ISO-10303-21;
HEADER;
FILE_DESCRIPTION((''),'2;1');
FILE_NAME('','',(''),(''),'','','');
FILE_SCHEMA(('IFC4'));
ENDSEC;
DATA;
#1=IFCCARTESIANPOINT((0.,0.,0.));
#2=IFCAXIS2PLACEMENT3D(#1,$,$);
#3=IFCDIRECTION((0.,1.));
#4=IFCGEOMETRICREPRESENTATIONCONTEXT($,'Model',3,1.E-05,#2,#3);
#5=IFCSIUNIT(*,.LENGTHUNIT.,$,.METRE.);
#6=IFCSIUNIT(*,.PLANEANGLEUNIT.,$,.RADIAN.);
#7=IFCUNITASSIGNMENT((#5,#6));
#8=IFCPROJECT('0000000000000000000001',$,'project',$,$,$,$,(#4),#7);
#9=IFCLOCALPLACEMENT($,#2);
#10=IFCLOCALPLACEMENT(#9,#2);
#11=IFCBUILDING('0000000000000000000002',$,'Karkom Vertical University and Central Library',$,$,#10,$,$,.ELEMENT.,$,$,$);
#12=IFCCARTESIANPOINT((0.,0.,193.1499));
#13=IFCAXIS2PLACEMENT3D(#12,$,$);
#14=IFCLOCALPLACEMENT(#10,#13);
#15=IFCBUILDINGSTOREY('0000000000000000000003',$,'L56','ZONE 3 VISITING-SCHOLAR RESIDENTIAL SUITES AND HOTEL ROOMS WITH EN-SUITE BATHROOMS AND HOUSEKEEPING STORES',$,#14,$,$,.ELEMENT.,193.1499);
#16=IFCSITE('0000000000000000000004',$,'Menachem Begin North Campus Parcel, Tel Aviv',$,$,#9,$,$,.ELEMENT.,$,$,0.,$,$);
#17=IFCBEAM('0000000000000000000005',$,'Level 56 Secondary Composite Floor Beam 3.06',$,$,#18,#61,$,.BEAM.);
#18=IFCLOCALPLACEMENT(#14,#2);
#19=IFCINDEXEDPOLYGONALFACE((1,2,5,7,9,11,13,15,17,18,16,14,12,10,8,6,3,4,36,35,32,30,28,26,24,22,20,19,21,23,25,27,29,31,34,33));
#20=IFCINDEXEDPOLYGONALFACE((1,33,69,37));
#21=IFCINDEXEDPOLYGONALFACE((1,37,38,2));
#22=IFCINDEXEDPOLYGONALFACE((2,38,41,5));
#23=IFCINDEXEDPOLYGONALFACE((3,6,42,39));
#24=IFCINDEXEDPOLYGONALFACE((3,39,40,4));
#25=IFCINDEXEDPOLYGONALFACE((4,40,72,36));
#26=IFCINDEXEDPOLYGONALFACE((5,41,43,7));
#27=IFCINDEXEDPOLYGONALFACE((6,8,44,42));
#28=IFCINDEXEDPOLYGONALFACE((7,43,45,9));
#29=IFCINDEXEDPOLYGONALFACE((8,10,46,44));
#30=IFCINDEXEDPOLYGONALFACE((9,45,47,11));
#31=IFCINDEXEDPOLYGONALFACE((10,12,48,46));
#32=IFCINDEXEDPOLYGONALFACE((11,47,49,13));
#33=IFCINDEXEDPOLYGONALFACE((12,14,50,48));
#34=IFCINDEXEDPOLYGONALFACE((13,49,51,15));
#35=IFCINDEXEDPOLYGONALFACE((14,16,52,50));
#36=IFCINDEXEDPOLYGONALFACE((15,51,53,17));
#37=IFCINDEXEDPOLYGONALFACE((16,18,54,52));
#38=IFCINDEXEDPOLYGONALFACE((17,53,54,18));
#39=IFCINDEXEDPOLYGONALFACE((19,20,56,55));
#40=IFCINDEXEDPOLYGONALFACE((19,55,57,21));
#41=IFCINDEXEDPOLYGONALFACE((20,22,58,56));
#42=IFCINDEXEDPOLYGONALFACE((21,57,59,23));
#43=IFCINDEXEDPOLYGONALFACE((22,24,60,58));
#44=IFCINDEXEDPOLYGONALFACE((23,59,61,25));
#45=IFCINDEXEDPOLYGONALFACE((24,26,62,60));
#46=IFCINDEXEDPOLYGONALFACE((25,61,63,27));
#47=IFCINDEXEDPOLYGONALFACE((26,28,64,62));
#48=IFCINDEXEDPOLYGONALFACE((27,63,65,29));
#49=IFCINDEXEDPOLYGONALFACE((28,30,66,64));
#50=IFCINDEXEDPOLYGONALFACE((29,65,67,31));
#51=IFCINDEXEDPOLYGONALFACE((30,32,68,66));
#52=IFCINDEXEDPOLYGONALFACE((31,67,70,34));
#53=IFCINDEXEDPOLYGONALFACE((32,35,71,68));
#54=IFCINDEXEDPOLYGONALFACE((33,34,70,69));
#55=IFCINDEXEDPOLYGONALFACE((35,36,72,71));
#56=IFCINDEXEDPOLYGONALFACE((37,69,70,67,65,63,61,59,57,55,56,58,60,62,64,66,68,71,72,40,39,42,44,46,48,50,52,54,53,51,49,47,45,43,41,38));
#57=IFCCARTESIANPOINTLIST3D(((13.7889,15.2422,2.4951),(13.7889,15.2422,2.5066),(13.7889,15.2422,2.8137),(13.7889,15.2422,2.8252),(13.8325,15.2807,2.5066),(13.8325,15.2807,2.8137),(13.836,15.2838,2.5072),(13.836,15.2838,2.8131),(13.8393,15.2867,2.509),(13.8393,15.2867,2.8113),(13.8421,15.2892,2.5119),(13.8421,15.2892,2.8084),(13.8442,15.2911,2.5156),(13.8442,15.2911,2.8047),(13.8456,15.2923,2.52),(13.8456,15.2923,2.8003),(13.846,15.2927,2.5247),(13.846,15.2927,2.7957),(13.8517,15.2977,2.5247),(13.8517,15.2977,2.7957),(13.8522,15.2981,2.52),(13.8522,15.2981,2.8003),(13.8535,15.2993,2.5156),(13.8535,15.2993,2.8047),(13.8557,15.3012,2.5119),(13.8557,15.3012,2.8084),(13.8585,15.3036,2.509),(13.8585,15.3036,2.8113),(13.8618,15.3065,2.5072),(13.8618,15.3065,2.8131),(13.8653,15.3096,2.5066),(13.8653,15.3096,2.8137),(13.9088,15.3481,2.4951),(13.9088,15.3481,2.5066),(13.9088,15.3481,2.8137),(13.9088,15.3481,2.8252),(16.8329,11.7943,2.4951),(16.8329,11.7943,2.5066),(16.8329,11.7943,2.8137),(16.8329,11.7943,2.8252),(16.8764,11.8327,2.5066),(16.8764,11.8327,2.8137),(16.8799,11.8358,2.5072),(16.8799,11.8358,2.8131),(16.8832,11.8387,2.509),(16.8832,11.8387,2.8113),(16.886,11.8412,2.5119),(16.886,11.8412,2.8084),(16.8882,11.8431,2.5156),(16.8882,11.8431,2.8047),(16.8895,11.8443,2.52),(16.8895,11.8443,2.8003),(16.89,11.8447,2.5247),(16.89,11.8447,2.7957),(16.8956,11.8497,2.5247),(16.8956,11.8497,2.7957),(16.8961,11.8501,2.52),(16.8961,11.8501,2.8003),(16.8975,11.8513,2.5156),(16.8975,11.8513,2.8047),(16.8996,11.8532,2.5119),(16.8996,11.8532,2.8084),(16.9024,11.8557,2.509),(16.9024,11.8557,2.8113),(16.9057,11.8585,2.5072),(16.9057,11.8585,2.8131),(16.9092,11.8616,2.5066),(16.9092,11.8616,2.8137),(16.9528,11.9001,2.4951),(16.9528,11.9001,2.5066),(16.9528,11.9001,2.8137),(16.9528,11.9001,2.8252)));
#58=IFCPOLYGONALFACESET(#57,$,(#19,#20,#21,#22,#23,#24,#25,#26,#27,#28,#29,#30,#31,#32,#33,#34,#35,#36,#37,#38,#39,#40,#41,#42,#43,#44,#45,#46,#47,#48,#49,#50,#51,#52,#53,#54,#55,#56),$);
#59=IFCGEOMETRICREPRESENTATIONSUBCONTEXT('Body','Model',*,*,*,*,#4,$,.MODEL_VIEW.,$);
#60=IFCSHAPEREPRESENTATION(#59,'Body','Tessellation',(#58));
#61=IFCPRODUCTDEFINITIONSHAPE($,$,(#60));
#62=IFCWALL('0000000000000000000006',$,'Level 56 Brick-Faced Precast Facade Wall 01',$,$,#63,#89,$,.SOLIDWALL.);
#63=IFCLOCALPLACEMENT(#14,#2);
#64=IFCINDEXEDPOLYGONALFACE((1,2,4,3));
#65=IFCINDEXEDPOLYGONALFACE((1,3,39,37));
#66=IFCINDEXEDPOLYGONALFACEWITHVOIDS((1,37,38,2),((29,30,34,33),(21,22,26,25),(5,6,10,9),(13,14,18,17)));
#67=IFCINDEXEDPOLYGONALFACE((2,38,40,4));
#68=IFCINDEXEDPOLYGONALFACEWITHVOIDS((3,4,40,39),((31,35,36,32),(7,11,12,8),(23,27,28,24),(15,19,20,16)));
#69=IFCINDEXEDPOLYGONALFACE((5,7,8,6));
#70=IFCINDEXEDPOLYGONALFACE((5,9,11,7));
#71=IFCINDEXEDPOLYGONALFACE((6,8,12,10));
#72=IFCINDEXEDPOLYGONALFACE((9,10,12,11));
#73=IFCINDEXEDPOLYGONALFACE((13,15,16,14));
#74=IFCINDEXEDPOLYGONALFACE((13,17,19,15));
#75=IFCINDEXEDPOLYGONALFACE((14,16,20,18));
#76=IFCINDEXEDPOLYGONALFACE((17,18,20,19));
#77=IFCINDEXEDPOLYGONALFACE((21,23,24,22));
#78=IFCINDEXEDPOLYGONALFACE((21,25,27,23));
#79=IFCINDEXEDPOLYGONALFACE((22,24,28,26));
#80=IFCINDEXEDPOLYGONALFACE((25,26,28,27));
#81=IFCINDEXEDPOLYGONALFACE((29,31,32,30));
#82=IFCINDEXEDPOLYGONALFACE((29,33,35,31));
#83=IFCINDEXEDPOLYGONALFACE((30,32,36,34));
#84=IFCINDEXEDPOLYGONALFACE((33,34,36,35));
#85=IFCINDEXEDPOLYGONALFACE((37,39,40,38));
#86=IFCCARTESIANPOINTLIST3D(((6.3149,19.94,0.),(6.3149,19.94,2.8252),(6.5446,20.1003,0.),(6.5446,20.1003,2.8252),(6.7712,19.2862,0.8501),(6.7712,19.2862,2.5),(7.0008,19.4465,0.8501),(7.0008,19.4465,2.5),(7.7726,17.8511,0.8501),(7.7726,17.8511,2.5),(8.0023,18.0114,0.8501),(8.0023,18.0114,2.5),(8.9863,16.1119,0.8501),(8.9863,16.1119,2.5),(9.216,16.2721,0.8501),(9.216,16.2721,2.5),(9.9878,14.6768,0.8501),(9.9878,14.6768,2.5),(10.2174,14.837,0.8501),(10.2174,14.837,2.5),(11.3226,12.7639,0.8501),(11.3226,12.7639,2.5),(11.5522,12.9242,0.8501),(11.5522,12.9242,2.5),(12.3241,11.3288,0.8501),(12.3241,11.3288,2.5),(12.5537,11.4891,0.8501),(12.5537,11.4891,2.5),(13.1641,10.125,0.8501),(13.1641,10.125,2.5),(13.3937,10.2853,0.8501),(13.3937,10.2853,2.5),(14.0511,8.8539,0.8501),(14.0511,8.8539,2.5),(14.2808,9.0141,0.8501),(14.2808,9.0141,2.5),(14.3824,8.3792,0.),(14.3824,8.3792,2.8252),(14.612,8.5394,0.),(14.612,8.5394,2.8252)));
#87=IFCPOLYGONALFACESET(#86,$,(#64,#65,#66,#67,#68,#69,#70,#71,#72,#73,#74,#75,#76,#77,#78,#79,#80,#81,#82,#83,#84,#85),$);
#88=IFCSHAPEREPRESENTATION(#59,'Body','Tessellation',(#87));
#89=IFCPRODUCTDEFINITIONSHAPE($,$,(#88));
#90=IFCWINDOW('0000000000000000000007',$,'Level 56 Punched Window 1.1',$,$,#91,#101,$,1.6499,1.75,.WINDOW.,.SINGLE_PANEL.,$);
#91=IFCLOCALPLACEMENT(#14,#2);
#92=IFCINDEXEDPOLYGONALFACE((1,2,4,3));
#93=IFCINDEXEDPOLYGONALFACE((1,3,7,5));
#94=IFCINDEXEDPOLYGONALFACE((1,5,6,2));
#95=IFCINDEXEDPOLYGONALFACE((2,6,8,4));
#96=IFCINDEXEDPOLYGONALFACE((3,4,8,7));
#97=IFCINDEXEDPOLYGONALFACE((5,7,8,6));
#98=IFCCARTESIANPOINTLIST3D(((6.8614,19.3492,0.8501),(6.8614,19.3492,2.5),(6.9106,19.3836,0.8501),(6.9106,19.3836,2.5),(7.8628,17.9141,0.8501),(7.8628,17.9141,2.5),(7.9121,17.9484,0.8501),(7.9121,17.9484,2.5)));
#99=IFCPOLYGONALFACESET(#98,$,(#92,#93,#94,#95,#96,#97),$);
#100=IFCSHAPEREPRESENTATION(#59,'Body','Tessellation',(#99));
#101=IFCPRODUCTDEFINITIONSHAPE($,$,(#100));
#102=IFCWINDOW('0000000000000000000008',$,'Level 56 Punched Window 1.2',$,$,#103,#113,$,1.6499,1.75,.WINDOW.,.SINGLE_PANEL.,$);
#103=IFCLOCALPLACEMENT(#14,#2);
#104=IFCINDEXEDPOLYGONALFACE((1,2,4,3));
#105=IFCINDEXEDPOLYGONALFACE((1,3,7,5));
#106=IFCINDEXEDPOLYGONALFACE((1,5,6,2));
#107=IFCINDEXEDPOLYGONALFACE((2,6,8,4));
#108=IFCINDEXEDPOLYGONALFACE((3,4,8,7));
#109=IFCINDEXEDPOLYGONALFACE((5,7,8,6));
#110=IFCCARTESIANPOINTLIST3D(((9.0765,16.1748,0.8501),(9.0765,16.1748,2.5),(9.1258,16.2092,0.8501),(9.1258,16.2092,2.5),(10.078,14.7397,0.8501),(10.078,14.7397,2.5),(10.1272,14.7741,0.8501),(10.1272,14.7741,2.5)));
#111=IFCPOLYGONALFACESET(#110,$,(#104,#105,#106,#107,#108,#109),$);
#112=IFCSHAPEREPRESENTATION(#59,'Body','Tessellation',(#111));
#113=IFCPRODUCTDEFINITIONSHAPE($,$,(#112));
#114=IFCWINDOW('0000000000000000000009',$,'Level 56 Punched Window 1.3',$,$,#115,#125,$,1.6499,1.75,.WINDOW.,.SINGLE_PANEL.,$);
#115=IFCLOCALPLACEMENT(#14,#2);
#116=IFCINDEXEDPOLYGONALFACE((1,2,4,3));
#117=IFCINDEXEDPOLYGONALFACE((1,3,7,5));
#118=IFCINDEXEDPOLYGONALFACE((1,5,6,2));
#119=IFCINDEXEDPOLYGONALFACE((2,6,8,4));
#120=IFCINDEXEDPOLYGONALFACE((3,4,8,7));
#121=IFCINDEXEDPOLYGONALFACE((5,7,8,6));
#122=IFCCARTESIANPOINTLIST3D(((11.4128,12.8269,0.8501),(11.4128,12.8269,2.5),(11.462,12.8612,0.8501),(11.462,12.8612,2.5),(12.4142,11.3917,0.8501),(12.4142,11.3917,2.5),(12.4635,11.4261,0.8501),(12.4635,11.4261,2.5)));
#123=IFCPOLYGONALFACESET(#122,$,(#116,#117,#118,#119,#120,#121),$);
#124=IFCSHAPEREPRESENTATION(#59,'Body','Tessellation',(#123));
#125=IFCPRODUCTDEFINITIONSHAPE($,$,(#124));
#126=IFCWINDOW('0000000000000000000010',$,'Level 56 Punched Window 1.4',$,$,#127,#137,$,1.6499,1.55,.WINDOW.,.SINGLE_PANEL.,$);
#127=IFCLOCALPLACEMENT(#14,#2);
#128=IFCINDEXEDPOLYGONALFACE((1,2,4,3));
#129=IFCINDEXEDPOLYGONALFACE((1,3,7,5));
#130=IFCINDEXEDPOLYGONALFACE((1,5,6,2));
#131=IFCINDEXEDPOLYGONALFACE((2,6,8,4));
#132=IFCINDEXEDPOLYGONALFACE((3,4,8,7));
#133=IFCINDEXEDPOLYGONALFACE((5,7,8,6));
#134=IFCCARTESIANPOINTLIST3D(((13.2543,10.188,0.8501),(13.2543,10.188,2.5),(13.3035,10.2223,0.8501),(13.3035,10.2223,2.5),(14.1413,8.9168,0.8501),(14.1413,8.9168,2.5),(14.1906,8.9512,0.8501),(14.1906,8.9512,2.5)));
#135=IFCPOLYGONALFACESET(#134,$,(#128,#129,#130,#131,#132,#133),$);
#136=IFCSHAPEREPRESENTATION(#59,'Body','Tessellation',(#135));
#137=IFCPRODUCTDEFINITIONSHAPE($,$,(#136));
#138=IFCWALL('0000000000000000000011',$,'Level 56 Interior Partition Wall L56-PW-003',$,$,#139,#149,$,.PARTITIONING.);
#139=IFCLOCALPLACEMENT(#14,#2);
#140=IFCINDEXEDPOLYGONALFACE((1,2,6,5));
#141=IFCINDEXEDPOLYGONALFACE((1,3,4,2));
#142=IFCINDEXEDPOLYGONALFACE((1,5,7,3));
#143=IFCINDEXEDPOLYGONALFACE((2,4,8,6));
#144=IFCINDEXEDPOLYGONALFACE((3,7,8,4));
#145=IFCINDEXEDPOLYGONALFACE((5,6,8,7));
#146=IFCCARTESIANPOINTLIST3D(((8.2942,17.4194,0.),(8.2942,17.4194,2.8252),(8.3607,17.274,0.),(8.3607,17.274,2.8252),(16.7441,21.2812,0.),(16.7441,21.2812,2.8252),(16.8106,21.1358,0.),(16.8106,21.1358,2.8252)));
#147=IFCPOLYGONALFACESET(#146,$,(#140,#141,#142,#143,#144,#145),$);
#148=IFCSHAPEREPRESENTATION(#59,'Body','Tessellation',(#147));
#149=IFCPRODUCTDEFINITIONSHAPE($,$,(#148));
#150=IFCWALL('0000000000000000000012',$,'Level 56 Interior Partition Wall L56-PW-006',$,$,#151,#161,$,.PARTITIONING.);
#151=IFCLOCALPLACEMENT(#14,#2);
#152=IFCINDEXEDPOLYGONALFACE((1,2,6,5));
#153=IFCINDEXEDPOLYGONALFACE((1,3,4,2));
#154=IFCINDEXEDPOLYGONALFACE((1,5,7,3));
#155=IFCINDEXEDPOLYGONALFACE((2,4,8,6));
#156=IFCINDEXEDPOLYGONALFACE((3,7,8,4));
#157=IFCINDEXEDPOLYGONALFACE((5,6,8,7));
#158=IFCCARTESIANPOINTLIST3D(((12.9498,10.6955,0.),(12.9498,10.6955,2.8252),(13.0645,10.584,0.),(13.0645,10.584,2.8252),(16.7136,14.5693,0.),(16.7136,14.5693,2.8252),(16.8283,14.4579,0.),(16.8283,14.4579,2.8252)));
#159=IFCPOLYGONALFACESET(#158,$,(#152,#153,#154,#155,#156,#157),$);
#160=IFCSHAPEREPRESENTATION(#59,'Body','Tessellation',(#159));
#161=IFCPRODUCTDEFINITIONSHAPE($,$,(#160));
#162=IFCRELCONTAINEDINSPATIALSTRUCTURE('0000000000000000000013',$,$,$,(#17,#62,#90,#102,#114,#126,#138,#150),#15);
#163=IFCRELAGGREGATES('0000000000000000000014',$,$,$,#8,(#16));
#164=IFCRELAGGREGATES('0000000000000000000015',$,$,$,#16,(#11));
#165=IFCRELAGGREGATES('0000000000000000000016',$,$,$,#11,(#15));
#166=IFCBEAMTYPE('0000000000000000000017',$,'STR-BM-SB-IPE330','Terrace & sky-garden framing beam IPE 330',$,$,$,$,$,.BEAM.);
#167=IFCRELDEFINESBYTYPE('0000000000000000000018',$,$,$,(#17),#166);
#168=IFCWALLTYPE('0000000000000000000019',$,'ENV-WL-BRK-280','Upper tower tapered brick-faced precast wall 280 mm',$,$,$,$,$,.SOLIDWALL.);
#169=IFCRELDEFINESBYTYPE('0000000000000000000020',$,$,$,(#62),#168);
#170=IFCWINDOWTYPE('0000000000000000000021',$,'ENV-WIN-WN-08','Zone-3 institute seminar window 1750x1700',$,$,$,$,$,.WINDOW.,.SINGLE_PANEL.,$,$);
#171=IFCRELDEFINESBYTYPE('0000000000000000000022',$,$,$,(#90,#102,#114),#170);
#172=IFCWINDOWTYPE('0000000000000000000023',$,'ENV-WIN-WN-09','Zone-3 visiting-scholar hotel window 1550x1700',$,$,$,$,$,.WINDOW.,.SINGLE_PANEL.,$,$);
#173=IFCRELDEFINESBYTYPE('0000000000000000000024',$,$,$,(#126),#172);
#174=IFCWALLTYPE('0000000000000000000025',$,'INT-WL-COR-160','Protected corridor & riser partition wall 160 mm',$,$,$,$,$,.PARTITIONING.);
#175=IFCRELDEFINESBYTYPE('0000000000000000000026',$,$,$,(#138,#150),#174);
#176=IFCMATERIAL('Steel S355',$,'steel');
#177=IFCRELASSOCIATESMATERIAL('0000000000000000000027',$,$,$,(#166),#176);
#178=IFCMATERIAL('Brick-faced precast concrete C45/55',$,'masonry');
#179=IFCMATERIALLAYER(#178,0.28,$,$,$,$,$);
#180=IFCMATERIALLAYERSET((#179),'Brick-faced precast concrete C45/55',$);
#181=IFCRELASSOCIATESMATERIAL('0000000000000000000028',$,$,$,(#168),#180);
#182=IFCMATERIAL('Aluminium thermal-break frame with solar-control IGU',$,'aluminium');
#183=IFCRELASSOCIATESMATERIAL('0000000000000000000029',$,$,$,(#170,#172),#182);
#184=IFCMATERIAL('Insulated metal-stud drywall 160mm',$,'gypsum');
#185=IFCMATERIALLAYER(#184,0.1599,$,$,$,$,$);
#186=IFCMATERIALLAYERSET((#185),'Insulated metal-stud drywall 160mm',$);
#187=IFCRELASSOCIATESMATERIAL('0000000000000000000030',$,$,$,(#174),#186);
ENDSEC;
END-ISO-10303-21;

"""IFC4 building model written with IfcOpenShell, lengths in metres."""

from ifc_helpers import new_model, si_unit, direction, frame, frame_2d, origin, origin_with_axes, origin_2d, place, context, subcontext, project, spatial, rectangle, i_section, extrude, source, transform, mapped, material, layer, layer_set, material_profile, profile_set, type_object, element, fill, save


model = new_model("IFC4")

# Units and contexts
model_context = context("Model", 3, precision=1e-05, world=origin(), true_north=direction((0.0, 1.0)))
body_context = subcontext(model_context, "Body", "Model", "MODEL_VIEW")
ifc_project = project(units=[si_unit("LENGTHUNIT", "METRE"), si_unit("PLANEANGLEUNIT", "RADIAN")], contexts=[model_context])

# Site, building, storey
site_placement = place(None, origin())
site = spatial("IfcSite", under=ifc_project, at=site_placement, Name="Menachem Begin North Campus Parcel, Tel Aviv", CompositionType="ELEMENT", RefElevation=0.0)
building_placement = place(site_placement, origin())
building = spatial("IfcBuilding", under=site, at=building_placement, Name="Karkom Vertical University and Central Library", CompositionType="ELEMENT")
storey_placement = place(building_placement, frame((0.0, 0.0, 193.1499)))
storey = spatial("IfcBuildingStorey", under=building, at=storey_placement, Name="L56", Description="ZONE 3 VISITING-SCHOLAR RESIDENTIAL SUITES AND HOTEL ROOMS WITH EN-SUITE BATHROOMS AND HOUSEKEEPING STORES", CompositionType="ELEMENT", Elevation=193.1499)

# Beam
ifc_material_1 = material(Name="Steel S355", Category="steel")
ifc_material_profile_1 = material_profile(ifc_material_1, i_section(OverallWidth=0.1599, OverallDepth=0.3301, WebThickness=0.0076, FlangeThickness=0.0115, FilletRadius=0.0181, at=origin_2d()), Name="IPE 330")
ifc_profile_set_1 = profile_set([ifc_material_profile_1], Name="Steel S355")
beam_type_1 = type_object("IfcBeamType", Name="STR-BM-SB-IPE330", Description="Terrace & sky-garden framing beam IPE 330", PredefinedType="BEAM", material=ifc_profile_set_1)
shared_shape_1 = source(origin_with_axes(), body_context, "Body", "SweptSolid", [
    extrude(i_section(OverallWidth=0.1599, OverallDepth=0.3301, WebThickness=0.0076, FlangeThickness=0.0115, FilletRadius=0.0181, at=origin_2d()), origin(), (0.0, 0.0, 1.0), 4.5994),
])
beam_1_placement = place(storey_placement, frame((13.8489, 15.2952, 2.6602), z_axis=(0.661816, -0.749666, 0.0), x_axis=(0.749666, 0.661816, 0.0)))
element("IfcBeam", 1, at=beam_1_placement, inside=storey, type_object=beam_type_1, Name="Level 56 Secondary Composite Floor Beam 3.06", PredefinedType="BEAM", context=body_context, shape_type="MappedRepresentation", body=[
    mapped(shared_shape_1, transform((0.0, 0.0, 0.0), scale=1.0)),
])

# Wall, openings, windows
ifc_material_2 = material(Name="Brick-faced precast concrete C45/55", Category="masonry")
ifc_layer_1 = layer(ifc_material_2, 0.28)
ifc_layer_set_1 = layer_set([ifc_layer_1], Name="Brick-faced precast concrete C45/55")
wall_type_1 = type_object("IfcWallType", Name="ENV-WL-BRK-280", Description="Upper tower tapered brick-faced precast wall 280 mm", PredefinedType="SOLIDWALL", material=ifc_layer_set_1)
wall_1_placement = place(storey_placement, frame((6.4297, 20.0203, 0.0), z_axis=(0.0, 0.0, 1.0), x_axis=(0.572263, -0.82007, 0.0)))
wall_1 = element("IfcWall", 2, at=wall_1_placement, inside=storey, type_object=wall_type_1, Name="Level 56 Brick-Faced Precast Facade Wall 01", PredefinedType="SOLIDWALL", context=body_context, shape_type="SweptSolid", body=[
    extrude(rectangle(XDim=14.0974, YDim=0.28, at=frame_2d((7.0488, 0.0))), origin(), (0.0, 0.0, 1.0), 2.8252),
])
opening_1_placement = place(wall_1_placement, frame((0.7974, 0.0, 0.8501)))
opening_1 = element("IfcOpeningElement", 3, at=opening_1_placement, cuts=wall_1, PredefinedType="OPENING", context=body_context, shape_type="SweptSolid", body=[
    extrude(rectangle(XDim=1.75, YDim=1.6499, at=frame_2d((0.875, 0.825))), frame((0.0, 0.1499, 0.0), z_axis=(0.0, -1.0, 0.0), x_axis=(1.0, 0.0, 0.0)), (0.0, 0.0, 1.0), 0.3),
])
opening_2_placement = place(wall_1_placement, frame((4.6682, 0.0, 0.8501)))
opening_2 = element("IfcOpeningElement", 4, at=opening_2_placement, cuts=wall_1, PredefinedType="OPENING", context=body_context, shape_type="SweptSolid", body=[
    extrude(rectangle(XDim=1.75, YDim=1.6499, at=frame_2d((0.875, 0.825))), frame((0.0, 0.1499, 0.0), z_axis=(0.0, -1.0, 0.0), x_axis=(1.0, 0.0, 0.0)), (0.0, 0.0, 1.0), 0.3),
])
opening_3_placement = place(wall_1_placement, frame((8.7507, 0.0, 0.8501)))
opening_3 = element("IfcOpeningElement", 5, at=opening_3_placement, cuts=wall_1, PredefinedType="OPENING", context=body_context, shape_type="SweptSolid", body=[
    extrude(rectangle(XDim=1.75, YDim=1.6499, at=frame_2d((0.875, 0.825))), frame((0.0, 0.1499, 0.0), z_axis=(0.0, -1.0, 0.0), x_axis=(1.0, 0.0, 0.0)), (0.0, 0.0, 1.0), 0.3),
])
opening_4_placement = place(wall_1_placement, frame((11.9688, 0.0, 0.8501)))
opening_4 = element("IfcOpeningElement", 6, at=opening_4_placement, cuts=wall_1, PredefinedType="OPENING", context=body_context, shape_type="SweptSolid", body=[
    extrude(rectangle(XDim=1.55, YDim=1.6499, at=frame_2d((0.7749, 0.825))), frame((0.0, 0.1499, 0.0), z_axis=(0.0, -1.0, 0.0), x_axis=(1.0, 0.0, 0.0)), (0.0, 0.0, 1.0), 0.3),
])
ifc_material_3 = material(Name="Aluminium thermal-break frame with solar-control IGU", Category="aluminium")
window_type_1 = type_object("IfcWindowType", Name="ENV-WIN-WN-08", Description="Zone-3 institute seminar window 1750x1700", PartitioningType="SINGLE_PANEL", PredefinedType="WINDOW", material=ifc_material_3)
shared_shape_2 = source(origin_with_axes(), body_context, "Body", "SweptSolid", [
    extrude(rectangle(XDim=1.75, YDim=1.6499, at=frame_2d((0.875, 0.825))), frame((0.0, 0.03, 0.0), z_axis=(0.0, -1.0, 0.0), x_axis=(1.0, 0.0, 0.0)), (0.0, 0.0, 1.0), 0.0601),
])
window_1_placement = place(opening_1_placement, origin())
window_1 = element("IfcWindow", 7, at=window_1_placement, inside=storey, type_object=window_type_1, Name="Level 56 Punched Window 1.1", OverallHeight=1.6499, OverallWidth=1.75, PartitioningType="SINGLE_PANEL", PredefinedType="WINDOW", context=body_context, shape_type="MappedRepresentation", body=[
    mapped(shared_shape_2, transform((0.0, 0.0, 0.0), scale=1.0)),
])
fill(opening_1, window_1)
window_2_placement = place(opening_2_placement, origin())
window_2 = element("IfcWindow", 8, at=window_2_placement, inside=storey, type_object=window_type_1, Name="Level 56 Punched Window 1.2", OverallHeight=1.6499, OverallWidth=1.75, PartitioningType="SINGLE_PANEL", PredefinedType="WINDOW", context=body_context, shape_type="MappedRepresentation", body=[
    mapped(shared_shape_2, transform((0.0, 0.0, 0.0), scale=1.0)),
])
fill(opening_2, window_2)
window_3_placement = place(opening_3_placement, origin())
window_3 = element("IfcWindow", 9, at=window_3_placement, inside=storey, type_object=window_type_1, Name="Level 56 Punched Window 1.3", OverallHeight=1.6499, OverallWidth=1.75, PartitioningType="SINGLE_PANEL", PredefinedType="WINDOW", context=body_context, shape_type="MappedRepresentation", body=[
    mapped(shared_shape_2, transform((0.0, 0.0, 0.0), scale=1.0)),
])
fill(opening_3, window_3)
window_type_2 = type_object("IfcWindowType", Name="ENV-WIN-WN-09", Description="Zone-3 visiting-scholar hotel window 1550x1700", PartitioningType="SINGLE_PANEL", PredefinedType="WINDOW", material=ifc_material_3)
shared_shape_3 = source(origin_with_axes(), body_context, "Body", "SweptSolid", [
    extrude(rectangle(XDim=1.55, YDim=1.6499, at=frame_2d((0.7749, 0.825))), frame((0.0, 0.03, 0.0), z_axis=(0.0, -1.0, 0.0), x_axis=(1.0, 0.0, 0.0)), (0.0, 0.0, 1.0), 0.0601),
])
window_4_placement = place(opening_4_placement, origin())
window_4 = element("IfcWindow", 10, at=window_4_placement, inside=storey, type_object=window_type_2, Name="Level 56 Punched Window 1.4", OverallHeight=1.6499, OverallWidth=1.55, PartitioningType="SINGLE_PANEL", PredefinedType="WINDOW", context=body_context, shape_type="MappedRepresentation", body=[
    mapped(shared_shape_3, transform((0.0, 0.0, 0.0), scale=1.0)),
])
fill(opening_4, window_4)

# Shared definitions
ifc_material_4 = material(Name="Insulated metal-stud drywall 160mm", Category="gypsum")
ifc_layer_2 = layer(ifc_material_4, 0.1599)
ifc_layer_set_2 = layer_set([ifc_layer_2], Name="Insulated metal-stud drywall 160mm")
wall_type_2 = type_object("IfcWallType", Name="INT-WL-COR-160", Description="Protected corridor & riser partition wall 160 mm", PredefinedType="PARTITIONING", material=ifc_layer_set_2)

# Walls
wall_2_placement = place(storey_placement, frame((16.7773, 21.2085, 0.0), z_axis=(0.0, 0.0, 1.0), x_axis=(-0.909516, -0.415669, 0.0)))
element("IfcWall", 11, at=wall_2_placement, inside=storey, type_object=wall_type_2, Name="Level 56 Interior Partition Wall L56-PW-003", PredefinedType="PARTITIONING", context=body_context, shape_type="SweptSolid", body=[
    extrude(rectangle(XDim=9.2905, YDim=0.1599, at=frame_2d((4.6453, 0.0))), origin(), (0.0, 0.0, 1.0), 2.8252),
])
wall_3_placement = place(storey_placement, frame((16.771, 14.5137, 0.0), z_axis=(0.0, 0.0, 1.0), x_axis=(-0.69684, -0.717226, 0.0)))
element("IfcWall", 12, at=wall_3_placement, inside=storey, type_object=wall_type_2, Name="Level 56 Interior Partition Wall L56-PW-006", PredefinedType="PARTITIONING", context=body_context, shape_type="SweptSolid", body=[
    extrude(rectangle(XDim=5.4011, YDim=0.1599, at=frame_2d((2.7007, 0.0))), origin(), (0.0, 0.0, 1.0), 2.8252),
])

save(model, "model.ifc")
